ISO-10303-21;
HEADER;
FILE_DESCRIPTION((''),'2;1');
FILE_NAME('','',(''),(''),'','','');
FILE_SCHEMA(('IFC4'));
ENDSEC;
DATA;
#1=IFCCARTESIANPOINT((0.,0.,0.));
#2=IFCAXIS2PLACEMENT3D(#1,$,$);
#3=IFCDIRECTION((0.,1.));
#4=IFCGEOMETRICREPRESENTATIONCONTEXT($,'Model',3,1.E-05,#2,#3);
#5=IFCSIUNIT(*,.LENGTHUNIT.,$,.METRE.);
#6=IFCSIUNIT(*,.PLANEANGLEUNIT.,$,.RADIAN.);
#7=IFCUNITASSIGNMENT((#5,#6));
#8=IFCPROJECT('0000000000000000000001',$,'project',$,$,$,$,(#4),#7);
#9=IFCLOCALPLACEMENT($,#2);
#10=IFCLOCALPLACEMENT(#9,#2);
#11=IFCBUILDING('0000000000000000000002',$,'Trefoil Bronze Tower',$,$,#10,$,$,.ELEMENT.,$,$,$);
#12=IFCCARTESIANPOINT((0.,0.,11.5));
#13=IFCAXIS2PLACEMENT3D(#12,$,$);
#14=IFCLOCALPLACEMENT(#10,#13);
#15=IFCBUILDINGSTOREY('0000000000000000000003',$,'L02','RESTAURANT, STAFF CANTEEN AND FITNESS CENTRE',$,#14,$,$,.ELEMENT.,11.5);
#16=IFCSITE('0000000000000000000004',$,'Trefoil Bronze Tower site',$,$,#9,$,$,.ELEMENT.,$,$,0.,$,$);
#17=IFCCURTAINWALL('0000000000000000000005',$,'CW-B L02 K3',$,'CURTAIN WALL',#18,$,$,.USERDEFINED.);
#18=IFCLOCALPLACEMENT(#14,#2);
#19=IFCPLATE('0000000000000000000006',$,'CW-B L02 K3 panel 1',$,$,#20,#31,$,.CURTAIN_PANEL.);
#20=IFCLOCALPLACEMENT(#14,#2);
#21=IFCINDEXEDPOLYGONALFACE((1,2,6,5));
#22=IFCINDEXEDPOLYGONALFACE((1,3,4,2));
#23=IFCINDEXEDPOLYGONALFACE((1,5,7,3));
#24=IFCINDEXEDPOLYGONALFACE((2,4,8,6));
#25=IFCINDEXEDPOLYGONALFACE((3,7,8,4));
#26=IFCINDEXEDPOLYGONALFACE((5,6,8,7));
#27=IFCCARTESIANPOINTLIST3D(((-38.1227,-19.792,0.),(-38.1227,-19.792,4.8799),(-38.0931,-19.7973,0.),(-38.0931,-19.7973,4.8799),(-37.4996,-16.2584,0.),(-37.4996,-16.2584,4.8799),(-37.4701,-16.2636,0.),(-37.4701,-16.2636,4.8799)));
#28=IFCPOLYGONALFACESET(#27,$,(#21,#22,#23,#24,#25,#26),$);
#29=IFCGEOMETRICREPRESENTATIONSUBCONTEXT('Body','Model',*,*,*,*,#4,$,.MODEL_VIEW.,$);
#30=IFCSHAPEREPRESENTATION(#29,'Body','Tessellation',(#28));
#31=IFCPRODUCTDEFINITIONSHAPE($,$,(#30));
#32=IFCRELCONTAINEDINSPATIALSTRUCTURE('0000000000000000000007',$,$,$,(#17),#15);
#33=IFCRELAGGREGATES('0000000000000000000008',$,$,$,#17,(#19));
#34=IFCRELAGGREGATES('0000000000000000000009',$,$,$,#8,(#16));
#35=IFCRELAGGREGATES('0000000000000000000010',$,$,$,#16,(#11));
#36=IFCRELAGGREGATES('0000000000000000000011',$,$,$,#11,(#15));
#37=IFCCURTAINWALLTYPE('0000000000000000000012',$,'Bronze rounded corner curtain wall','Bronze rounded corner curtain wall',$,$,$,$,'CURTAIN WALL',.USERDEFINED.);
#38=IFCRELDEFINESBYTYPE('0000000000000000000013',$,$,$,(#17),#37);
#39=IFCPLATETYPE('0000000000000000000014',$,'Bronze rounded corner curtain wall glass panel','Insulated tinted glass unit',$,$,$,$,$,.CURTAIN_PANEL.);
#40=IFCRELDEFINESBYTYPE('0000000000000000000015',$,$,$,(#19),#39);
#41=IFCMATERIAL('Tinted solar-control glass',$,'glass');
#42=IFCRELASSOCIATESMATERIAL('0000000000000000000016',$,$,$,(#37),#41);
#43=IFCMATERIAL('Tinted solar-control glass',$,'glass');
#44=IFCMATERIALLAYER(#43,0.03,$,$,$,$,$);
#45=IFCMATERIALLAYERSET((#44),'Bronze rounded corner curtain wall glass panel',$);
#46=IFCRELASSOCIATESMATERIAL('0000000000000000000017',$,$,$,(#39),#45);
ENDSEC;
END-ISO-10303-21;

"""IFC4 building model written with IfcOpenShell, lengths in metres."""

from ifc_helpers import new_model, si_unit, direction, frame, origin, origin_2d, place, context, subcontext, project, spatial, rectangle, extrude, material, layer, layer_set, type_object, element, aggregate, save


model = new_model("IFC4")

# Units and contexts
model_context = context("Model", 3, precision=1e-05, world=origin(), true_north=direction((0.0, 1.0)))
body_context = subcontext(model_context, "Body", "Model", "MODEL_VIEW")
ifc_project = project(units=[si_unit("LENGTHUNIT", "METRE"), si_unit("PLANEANGLEUNIT", "RADIAN")], contexts=[model_context])

# Site, building, storey
site_placement = place(None, origin())
site = spatial("IfcSite", under=ifc_project, at=site_placement, Name="Trefoil Bronze Tower site", CompositionType="ELEMENT", RefElevation=0.0)
building_placement = place(site_placement, origin())
building = spatial("IfcBuilding", under=site, at=building_placement, Name="Trefoil Bronze Tower", CompositionType="ELEMENT")
storey_placement = place(building_placement, frame((0.0, 0.0, 11.5)))
storey = spatial("IfcBuildingStorey", under=building, at=storey_placement, Name="L02", Description="RESTAURANT, STAFF CANTEEN AND FITNESS CENTRE", CompositionType="ELEMENT", Elevation=11.5)

# Curtain wall
ifc_material_1 = material(Name="Tinted solar-control glass", Category="glass")
curtain_wall_type_1 = type_object("IfcCurtainWallType", Name="Bronze rounded corner curtain wall", Description="Bronze rounded corner curtain wall", ElementType="CURTAIN WALL", PredefinedType="USERDEFINED", material=ifc_material_1)
curtain_wall_1_placement = place(storey_placement, origin())
curtain_wall_1 = element("IfcCurtainWall", 1, at=curtain_wall_1_placement, inside=storey, type_object=curtain_wall_type_1, Name="CW-B L02 K3", ObjectType="CURTAIN WALL", PredefinedType="USERDEFINED")

# Plate
ifc_material_2 = material(Name="Tinted solar-control glass", Category="glass")
ifc_layer_1 = layer(ifc_material_2, 0.03)
ifc_layer_set_1 = layer_set([ifc_layer_1], Name="Bronze rounded corner curtain wall glass panel")
plate_type_1 = type_object("IfcPlateType", Name="Bronze rounded corner curtain wall glass panel", Description="Insulated tinted glass unit", PredefinedType="CURTAIN_PANEL", material=ifc_layer_set_1)
plate_1_placement = place(storey_placement, frame((-37.7964, -18.0278, 0.0), z_axis=(0.0, 0.0, 1.0), x_axis=(-0.173648, -0.984808, 0.0)))
plate_1 = element("IfcPlate", 2, at=plate_1_placement, type_object=plate_type_1, Name="CW-B L02 K3 panel 1", PredefinedType="CURTAIN_PANEL", context=body_context, shape_type="SweptSolid", body=[
    extrude(rectangle(XDim=3.5881, YDim=0.03, at=origin_2d()), origin(), (0.0, 0.0, 1.0), 4.8799),
])
aggregate(curtain_wall_1, [plate_1])

save(model, "model.ifc")
